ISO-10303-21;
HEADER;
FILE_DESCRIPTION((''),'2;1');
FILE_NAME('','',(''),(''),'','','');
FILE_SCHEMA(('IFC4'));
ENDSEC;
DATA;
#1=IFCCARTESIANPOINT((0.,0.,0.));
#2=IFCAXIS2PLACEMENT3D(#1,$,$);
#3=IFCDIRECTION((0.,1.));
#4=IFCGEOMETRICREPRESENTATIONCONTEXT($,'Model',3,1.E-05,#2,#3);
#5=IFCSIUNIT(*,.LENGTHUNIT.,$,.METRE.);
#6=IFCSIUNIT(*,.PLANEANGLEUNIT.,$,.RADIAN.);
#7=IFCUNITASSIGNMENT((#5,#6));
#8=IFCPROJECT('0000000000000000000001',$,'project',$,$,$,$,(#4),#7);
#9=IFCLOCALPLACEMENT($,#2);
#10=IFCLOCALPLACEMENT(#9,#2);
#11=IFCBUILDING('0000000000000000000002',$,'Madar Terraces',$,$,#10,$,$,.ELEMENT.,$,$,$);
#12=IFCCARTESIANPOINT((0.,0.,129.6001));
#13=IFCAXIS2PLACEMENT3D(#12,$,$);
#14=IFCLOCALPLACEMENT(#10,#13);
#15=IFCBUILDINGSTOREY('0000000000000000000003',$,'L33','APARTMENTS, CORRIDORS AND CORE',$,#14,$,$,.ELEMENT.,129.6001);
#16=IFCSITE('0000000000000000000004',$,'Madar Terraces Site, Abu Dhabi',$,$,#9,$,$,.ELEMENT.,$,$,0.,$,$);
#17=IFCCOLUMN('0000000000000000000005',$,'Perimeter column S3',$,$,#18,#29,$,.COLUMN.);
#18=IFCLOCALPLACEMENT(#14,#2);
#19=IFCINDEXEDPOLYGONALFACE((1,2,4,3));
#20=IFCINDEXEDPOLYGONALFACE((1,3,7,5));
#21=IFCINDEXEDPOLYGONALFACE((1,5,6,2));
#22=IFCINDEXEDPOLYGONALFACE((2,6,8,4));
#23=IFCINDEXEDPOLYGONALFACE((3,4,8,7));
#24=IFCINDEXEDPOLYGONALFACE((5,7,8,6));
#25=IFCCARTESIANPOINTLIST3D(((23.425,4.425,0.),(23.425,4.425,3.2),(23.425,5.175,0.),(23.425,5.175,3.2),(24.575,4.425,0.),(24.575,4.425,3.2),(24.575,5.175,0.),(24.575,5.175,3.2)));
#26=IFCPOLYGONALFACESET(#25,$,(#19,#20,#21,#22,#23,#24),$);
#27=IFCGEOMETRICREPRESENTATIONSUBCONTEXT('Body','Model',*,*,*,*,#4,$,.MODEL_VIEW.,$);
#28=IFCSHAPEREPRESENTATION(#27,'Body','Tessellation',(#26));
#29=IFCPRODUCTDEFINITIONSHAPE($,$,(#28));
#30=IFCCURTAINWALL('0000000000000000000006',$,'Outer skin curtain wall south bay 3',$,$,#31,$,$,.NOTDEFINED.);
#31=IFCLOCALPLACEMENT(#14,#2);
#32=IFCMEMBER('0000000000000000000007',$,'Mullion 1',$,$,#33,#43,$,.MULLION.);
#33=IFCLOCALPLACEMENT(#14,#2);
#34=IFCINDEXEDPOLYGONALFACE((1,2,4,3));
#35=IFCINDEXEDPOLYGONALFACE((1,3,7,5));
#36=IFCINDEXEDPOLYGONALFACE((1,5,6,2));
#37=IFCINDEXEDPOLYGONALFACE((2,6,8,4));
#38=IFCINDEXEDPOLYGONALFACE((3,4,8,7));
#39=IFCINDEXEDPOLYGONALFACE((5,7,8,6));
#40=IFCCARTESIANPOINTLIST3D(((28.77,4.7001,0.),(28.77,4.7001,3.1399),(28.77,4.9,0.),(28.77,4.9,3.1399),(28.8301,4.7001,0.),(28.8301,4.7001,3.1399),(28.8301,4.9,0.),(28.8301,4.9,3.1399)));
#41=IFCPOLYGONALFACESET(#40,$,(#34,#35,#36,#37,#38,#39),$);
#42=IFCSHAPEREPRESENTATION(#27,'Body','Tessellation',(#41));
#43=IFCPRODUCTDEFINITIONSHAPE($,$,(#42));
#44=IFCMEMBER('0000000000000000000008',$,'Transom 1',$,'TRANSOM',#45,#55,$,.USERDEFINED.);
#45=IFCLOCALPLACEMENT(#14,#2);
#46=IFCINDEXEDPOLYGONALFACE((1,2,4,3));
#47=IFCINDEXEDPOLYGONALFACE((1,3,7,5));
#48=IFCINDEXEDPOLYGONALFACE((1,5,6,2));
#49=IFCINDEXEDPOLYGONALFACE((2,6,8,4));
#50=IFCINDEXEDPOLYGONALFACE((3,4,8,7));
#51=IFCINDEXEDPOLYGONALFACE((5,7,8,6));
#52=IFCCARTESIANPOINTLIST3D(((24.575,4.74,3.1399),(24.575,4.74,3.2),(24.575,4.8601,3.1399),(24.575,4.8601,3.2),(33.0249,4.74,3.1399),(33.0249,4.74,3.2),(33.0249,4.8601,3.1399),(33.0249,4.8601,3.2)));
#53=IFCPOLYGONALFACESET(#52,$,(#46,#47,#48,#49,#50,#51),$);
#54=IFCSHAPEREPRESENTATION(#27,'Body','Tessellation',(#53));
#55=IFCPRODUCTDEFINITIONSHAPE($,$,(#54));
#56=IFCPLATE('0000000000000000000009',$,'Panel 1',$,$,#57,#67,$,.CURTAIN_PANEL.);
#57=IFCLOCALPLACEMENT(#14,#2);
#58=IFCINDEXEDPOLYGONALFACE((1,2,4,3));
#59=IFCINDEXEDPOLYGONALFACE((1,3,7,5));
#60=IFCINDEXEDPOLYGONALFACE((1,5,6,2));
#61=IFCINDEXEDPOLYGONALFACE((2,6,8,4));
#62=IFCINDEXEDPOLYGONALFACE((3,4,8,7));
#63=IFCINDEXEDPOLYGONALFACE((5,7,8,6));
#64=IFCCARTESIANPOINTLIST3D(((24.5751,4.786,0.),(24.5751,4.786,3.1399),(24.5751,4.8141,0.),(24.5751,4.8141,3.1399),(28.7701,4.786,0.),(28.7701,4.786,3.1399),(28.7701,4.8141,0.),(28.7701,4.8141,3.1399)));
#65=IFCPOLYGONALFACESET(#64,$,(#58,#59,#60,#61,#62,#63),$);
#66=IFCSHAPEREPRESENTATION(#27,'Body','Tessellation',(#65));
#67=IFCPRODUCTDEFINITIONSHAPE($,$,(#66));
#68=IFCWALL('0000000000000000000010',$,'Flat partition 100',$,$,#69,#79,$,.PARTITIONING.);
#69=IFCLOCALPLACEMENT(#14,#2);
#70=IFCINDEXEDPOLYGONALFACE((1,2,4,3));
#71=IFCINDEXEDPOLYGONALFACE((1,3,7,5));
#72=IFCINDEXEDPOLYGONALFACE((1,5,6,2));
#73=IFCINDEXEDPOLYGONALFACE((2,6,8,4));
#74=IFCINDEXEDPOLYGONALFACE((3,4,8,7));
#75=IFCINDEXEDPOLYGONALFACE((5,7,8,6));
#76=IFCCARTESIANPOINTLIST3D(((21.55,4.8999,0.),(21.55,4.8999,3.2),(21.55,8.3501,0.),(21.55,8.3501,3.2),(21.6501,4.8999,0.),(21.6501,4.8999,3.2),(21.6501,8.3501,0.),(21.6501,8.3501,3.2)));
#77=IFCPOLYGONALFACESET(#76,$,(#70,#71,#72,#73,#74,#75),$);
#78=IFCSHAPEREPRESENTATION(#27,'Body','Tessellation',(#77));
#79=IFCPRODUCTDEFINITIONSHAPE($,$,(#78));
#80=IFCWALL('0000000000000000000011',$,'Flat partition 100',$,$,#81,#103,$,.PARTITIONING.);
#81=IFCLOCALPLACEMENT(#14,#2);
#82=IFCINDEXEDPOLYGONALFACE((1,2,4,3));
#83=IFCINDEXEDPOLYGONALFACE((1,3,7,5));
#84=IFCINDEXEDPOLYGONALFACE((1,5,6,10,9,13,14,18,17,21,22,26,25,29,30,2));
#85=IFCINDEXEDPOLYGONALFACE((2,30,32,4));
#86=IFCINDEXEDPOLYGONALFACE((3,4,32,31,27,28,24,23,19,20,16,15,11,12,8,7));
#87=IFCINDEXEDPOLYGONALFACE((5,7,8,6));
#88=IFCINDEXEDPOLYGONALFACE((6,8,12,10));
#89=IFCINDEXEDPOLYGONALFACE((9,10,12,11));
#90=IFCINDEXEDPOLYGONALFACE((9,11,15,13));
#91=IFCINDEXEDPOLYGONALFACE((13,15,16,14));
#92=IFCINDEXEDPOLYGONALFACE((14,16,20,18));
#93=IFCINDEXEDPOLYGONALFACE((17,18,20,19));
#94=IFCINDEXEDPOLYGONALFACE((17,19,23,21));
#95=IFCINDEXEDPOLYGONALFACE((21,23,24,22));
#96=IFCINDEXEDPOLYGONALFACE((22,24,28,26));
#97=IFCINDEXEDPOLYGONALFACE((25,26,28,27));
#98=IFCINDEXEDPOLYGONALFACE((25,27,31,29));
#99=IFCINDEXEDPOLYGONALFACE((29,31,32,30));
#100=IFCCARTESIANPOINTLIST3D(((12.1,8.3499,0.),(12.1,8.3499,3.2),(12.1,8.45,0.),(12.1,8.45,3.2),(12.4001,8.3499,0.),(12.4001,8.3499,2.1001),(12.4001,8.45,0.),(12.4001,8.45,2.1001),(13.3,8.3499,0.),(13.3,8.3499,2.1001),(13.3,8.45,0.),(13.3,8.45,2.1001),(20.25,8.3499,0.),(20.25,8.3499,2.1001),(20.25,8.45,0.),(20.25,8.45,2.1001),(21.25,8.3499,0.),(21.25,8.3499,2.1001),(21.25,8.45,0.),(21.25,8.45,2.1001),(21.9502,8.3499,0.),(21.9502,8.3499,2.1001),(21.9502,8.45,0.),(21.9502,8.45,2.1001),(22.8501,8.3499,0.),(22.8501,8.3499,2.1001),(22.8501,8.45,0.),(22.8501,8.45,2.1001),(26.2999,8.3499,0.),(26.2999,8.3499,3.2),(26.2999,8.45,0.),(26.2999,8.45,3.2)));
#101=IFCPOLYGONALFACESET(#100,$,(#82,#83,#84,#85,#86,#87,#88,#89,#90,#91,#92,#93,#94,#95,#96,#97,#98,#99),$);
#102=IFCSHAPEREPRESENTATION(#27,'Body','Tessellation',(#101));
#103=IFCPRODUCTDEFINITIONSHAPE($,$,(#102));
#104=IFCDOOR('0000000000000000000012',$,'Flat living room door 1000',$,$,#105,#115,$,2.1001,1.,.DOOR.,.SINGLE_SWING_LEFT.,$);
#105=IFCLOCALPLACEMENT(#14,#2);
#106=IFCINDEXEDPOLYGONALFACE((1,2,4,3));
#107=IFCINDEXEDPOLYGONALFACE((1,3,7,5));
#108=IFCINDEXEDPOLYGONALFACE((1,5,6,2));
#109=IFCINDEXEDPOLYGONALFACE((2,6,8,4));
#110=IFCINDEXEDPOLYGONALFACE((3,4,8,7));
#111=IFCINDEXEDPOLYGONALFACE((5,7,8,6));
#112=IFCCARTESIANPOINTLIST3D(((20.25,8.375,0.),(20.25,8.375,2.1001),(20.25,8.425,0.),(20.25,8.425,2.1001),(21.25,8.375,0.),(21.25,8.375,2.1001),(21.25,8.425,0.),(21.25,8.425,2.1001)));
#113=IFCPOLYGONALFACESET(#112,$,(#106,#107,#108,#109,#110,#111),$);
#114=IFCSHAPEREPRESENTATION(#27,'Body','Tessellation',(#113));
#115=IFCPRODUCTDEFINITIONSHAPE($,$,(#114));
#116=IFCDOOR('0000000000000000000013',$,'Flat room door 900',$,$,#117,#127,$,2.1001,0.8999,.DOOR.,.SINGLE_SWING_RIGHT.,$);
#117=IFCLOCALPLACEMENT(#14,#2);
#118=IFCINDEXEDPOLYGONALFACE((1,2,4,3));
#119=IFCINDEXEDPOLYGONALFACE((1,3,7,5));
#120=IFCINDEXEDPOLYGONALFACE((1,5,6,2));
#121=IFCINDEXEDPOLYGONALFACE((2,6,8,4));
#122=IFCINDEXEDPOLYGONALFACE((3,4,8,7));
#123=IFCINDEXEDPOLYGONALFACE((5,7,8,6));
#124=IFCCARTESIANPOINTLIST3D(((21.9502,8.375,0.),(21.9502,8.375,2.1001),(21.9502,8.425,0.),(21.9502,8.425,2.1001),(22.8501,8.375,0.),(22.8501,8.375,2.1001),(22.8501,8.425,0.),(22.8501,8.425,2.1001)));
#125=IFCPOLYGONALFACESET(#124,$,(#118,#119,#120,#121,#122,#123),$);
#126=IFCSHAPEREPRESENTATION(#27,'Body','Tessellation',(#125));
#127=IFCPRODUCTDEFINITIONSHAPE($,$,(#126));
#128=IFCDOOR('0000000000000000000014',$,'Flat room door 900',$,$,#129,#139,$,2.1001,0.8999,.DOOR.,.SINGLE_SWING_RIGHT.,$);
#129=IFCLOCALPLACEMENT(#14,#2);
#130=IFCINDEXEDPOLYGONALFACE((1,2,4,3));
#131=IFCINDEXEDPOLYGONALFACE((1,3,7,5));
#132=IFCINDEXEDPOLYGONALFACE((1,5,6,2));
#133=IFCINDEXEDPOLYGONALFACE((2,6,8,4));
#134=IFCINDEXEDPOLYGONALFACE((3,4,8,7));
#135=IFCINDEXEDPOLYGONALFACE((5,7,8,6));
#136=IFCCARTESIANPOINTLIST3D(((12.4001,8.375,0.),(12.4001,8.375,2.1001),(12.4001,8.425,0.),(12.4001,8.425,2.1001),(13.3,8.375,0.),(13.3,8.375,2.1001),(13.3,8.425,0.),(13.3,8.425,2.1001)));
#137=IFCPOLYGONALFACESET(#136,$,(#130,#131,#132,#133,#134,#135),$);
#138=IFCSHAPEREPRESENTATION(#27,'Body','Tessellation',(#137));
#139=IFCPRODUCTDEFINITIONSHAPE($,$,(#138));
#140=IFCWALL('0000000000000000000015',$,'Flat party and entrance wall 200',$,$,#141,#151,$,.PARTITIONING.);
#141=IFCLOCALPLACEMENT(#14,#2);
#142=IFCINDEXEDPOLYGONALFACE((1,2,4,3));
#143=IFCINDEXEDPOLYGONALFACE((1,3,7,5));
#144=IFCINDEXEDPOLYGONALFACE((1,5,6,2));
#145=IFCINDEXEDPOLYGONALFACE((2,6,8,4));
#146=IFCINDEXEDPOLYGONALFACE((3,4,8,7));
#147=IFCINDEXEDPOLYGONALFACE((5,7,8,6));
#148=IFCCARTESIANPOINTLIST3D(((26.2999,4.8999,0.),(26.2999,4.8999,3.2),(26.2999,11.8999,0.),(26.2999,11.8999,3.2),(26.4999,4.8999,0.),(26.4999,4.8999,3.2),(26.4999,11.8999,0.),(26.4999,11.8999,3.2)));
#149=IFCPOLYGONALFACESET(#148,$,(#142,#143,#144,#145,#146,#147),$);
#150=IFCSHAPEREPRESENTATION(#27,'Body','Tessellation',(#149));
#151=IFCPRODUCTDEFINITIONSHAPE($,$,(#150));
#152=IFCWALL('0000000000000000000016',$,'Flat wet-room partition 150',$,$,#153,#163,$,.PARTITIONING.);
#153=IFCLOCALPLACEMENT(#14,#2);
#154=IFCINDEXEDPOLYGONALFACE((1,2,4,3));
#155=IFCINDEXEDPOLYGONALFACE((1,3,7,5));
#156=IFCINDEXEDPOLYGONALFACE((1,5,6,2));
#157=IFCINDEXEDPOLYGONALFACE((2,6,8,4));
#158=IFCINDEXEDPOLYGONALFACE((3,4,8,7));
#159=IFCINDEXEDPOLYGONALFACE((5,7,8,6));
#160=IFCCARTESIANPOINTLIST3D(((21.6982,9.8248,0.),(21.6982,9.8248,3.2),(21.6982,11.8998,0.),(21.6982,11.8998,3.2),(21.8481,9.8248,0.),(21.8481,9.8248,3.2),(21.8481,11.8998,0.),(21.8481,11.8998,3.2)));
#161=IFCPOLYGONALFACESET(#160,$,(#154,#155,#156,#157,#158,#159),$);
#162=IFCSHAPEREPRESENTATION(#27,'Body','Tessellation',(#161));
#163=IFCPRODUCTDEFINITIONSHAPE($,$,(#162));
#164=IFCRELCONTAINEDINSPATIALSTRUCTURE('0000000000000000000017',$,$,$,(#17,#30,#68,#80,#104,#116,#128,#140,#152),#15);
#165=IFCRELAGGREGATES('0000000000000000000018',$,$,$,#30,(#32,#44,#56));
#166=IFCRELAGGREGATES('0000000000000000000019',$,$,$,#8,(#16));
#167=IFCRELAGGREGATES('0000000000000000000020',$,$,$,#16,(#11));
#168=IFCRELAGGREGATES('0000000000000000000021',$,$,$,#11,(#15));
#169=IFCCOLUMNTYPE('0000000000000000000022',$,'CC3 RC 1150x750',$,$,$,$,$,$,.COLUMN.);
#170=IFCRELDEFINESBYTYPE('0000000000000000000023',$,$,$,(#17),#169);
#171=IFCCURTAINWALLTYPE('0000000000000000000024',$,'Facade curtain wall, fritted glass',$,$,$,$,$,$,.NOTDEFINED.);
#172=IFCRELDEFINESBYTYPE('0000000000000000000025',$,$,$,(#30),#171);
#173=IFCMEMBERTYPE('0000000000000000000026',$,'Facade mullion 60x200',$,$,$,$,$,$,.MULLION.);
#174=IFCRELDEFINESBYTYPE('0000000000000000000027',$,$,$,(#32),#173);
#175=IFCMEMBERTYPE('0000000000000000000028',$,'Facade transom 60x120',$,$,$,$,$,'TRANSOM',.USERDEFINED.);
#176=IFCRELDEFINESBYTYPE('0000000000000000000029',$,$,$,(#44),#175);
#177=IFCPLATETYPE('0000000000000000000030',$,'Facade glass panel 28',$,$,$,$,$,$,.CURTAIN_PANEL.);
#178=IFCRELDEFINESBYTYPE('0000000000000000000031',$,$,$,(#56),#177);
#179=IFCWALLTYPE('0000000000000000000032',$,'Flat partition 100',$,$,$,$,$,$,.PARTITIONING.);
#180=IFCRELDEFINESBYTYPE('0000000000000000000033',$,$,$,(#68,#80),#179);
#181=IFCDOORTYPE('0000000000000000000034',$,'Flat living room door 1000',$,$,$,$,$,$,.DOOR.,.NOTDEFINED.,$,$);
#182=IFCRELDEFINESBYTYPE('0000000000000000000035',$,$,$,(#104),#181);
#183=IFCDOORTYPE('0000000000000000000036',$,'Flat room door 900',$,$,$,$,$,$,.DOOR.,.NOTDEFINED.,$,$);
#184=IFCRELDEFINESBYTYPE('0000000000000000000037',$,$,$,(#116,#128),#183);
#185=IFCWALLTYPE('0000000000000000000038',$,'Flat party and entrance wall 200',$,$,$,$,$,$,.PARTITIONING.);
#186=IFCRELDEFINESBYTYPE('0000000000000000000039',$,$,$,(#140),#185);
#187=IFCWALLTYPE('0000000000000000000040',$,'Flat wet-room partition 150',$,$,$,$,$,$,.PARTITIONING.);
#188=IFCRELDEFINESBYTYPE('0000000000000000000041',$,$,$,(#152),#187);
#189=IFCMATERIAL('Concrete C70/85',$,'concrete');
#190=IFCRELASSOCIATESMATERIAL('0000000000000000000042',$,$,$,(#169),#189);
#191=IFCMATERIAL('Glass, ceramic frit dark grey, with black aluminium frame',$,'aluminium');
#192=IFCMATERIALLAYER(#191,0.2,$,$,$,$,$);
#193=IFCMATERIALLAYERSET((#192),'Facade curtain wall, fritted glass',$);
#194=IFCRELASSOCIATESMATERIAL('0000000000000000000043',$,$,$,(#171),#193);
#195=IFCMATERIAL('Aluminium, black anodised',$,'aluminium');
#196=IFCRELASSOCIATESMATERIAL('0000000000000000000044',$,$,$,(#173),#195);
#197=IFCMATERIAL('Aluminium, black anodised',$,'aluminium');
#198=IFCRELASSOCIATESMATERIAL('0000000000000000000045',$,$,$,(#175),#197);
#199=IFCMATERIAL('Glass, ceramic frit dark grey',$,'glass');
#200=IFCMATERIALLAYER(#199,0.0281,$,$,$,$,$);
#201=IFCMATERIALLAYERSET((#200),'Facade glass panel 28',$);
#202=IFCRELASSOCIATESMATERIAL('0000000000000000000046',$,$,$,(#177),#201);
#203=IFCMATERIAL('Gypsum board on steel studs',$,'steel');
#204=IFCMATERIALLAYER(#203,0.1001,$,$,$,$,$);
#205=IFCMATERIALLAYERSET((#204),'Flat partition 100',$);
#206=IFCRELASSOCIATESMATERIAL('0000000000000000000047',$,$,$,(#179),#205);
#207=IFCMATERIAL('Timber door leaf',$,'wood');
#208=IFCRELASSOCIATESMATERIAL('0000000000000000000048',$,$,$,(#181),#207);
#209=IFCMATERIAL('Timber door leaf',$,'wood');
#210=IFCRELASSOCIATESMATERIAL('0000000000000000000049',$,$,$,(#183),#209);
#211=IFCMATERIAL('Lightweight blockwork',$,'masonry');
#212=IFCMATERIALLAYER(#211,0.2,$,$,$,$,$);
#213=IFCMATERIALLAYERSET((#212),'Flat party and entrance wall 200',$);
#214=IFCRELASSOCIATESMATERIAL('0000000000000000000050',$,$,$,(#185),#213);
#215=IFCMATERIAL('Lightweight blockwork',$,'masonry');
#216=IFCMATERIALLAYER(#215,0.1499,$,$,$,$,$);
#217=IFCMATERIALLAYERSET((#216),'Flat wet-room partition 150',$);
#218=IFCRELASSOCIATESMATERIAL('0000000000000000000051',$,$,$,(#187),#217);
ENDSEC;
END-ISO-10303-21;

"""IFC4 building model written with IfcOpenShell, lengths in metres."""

from ifc_helpers import new_model, si_unit, direction, frame, frame_2d, origin, origin_2d, place, context, subcontext, project, spatial, rectangle, extrude, material, layer, layer_set, material_profile, profile_set, type_object, element, fill, aggregate, save


model = new_model("IFC4")

# Units and contexts
model_context = context("Model", 3, precision=1e-05, world=origin(), true_north=direction((0.0, 1.0)))
body_context = subcontext(model_context, "Body", "Model", "MODEL_VIEW")
ifc_project = project(units=[si_unit("LENGTHUNIT", "METRE"), si_unit("PLANEANGLEUNIT", "RADIAN")], contexts=[model_context])

# Site, building, storey
site_placement = place(None, origin())
site = spatial("IfcSite", under=ifc_project, at=site_placement, Name="Madar Terraces Site, Abu Dhabi", CompositionType="ELEMENT", RefElevation=0.0)
building_placement = place(site_placement, origin())
building = spatial("IfcBuilding", under=site, at=building_placement, Name="Madar Terraces", CompositionType="ELEMENT")
storey_placement = place(building_placement, frame((0.0, 0.0, 129.6001)))
storey = spatial("IfcBuildingStorey", under=building, at=storey_placement, Name="L33", Description="APARTMENTS, CORRIDORS AND CORE", CompositionType="ELEMENT", Elevation=129.6001)

# Column
ifc_material_1 = material(Name="Concrete C70/85", Category="concrete")
ifc_material_profile_1 = material_profile(ifc_material_1, rectangle(XDim=1.1499, YDim=0.75, at=origin_2d()), Name="CC3 RC 1150x750")
ifc_profile_set_1 = profile_set([ifc_material_profile_1], Name="Concrete C70/85")
column_type = type_object("IfcColumnType", Name="CC3 RC 1150x750", PredefinedType="COLUMN", material=ifc_profile_set_1)
column_placement = place(storey_placement, frame((24.0, 4.8, 0.0), z_axis=(0.0, 0.0, 1.0), x_axis=(1.0, 0.0, 0.0)))
element("IfcColumn", 1, at=column_placement, inside=storey, type_object=column_type, Name="Perimeter column S3", PredefinedType="COLUMN", context=body_context, shape_type="SweptSolid", body=[
    extrude(rectangle(XDim=1.1499, YDim=0.75, at=origin_2d()), origin(), (0.0, 0.0, 1.0), 3.2),
])

# Curtain wall, members, plate
ifc_material_2 = material(Name="Glass, ceramic frit dark grey, with black aluminium frame", Category="aluminium")
ifc_layer_1 = layer(ifc_material_2, 0.2)
ifc_layer_set_1 = layer_set([ifc_layer_1], Name="Facade curtain wall, fritted glass")
curtain_wall_type = type_object("IfcCurtainWallType", Name="Facade curtain wall, fritted glass", PredefinedType="NOTDEFINED", material=ifc_layer_set_1)
curtain_wall_placement = place(storey_placement, origin())
curtain_wall = element("IfcCurtainWall", 2, at=curtain_wall_placement, inside=storey, type_object=curtain_wall_type, Name="Outer skin curtain wall south bay 3", PredefinedType="NOTDEFINED")
ifc_material_3 = material(Name="Aluminium, black anodised", Category="aluminium")
ifc_material_profile_2 = material_profile(ifc_material_3, rectangle(XDim=0.2, YDim=0.0601, at=origin_2d()), Name="Facade mullion 60x200")
ifc_profile_set_2 = profile_set([ifc_material_profile_2], Name="Aluminium, black anodised")
member_type_1 = type_object("IfcMemberType", Name="Facade mullion 60x200", PredefinedType="MULLION", material=ifc_profile_set_2)
member_1_placement = place(storey_placement, frame((28.8, 4.8, 0.0), z_axis=(0.0, 0.0, 1.0), x_axis=(0.0, 1.0, 0.0)))
member_1 = element("IfcMember", 3, at=member_1_placement, type_object=member_type_1, Name="Mullion 1", PredefinedType="MULLION", context=body_context, shape_type="SweptSolid", body=[
    extrude(rectangle(XDim=0.2, YDim=0.0601, at=origin_2d()), origin(), (0.0, 0.0, 1.0), 3.1399),
])
ifc_material_4 = material(Name="Aluminium, black anodised", Category="aluminium")
ifc_material_profile_3 = material_profile(ifc_material_4, rectangle(XDim=0.1201, YDim=0.0601, at=origin_2d()), Name="Facade transom 60x120")
ifc_profile_set_3 = profile_set([ifc_material_profile_3], Name="Aluminium, black anodised")
member_type_2 = type_object("IfcMemberType", Name="Facade transom 60x120", ElementType="TRANSOM", PredefinedType="USERDEFINED", material=ifc_profile_set_3)
member_2_placement = place(storey_placement, frame((24.575, 4.8, 3.1699), z_axis=(1.0, 0.0, 0.0), x_axis=(0.0, 1.0, 0.0)))
member_2 = element("IfcMember", 4, at=member_2_placement, type_object=member_type_2, Name="Transom 1", ObjectType="TRANSOM", PredefinedType="USERDEFINED", context=body_context, shape_type="SweptSolid", body=[
    extrude(rectangle(XDim=0.1201, YDim=0.0601, at=origin_2d()), origin(), (0.0, 0.0, 1.0), 8.45),
])
ifc_material_5 = material(Name="Glass, ceramic frit dark grey", Category="glass")
ifc_layer_2 = layer(ifc_material_5, 0.0281)
ifc_layer_set_2 = layer_set([ifc_layer_2], Name="Facade glass panel 28")
plate_type = type_object("IfcPlateType", Name="Facade glass panel 28", PredefinedType="CURTAIN_PANEL", material=ifc_layer_set_2)
plate_placement = place(storey_placement, frame((26.6726, 4.8, 0.0), z_axis=(0.0, 0.0, 1.0), x_axis=(1.0, 0.0, 0.0)))
plate = element("IfcPlate", 5, at=plate_placement, type_object=plate_type, Name="Panel 1", PredefinedType="CURTAIN_PANEL", context=body_context, shape_type="SweptSolid", body=[
    extrude(rectangle(XDim=4.1951, YDim=0.0281, at=origin_2d()), origin(), (0.0, 0.0, 1.0), 3.1399),
])
aggregate(curtain_wall, [member_1, member_2, plate])

# Wall
ifc_material_6 = material(Name="Gypsum board on steel studs", Category="steel")
ifc_layer_3 = layer(ifc_material_6, 0.1001)
ifc_layer_set_3 = layer_set([ifc_layer_3], Name="Flat partition 100")
wall_type_1 = type_object("IfcWallType", Name="Flat partition 100", PredefinedType="PARTITIONING", material=ifc_layer_set_3)
wall_1_placement = place(storey_placement, frame((21.6001, 8.3501, 0.0), z_axis=(0.0, 0.0, 1.0), x_axis=(0.0, -1.0, 0.0)))
element("IfcWall", 6, at=wall_1_placement, inside=storey, type_object=wall_type_1, Name="Flat partition 100", PredefinedType="PARTITIONING", context=body_context, shape_type="SweptSolid", body=[
    extrude(rectangle(XDim=3.4502, YDim=0.1001, at=frame_2d((1.7251, 0.0))), origin(), (0.0, 0.0, 1.0), 3.2),
])

# Wall, openings, doors
wall_2_placement = place(storey_placement, frame((26.3, 8.3999, 0.0), z_axis=(0.0, 0.0, 1.0), x_axis=(-1.0, 0.0, 0.0)))
wall_2 = element("IfcWall", 7, at=wall_2_placement, inside=storey, type_object=wall_type_1, Name="Flat partition 100", PredefinedType="PARTITIONING", context=body_context, shape_type="SweptSolid", body=[
    extrude(rectangle(XDim=14.2, YDim=0.1001, at=frame_2d((7.1001, 0.0))), origin(), (0.0, 0.0, 1.0), 3.2),
])
opening_1_placement = place(wall_2_placement, frame((3.45, 0.0, 0.0)))
opening_1 = element("IfcOpeningElement", 8, at=opening_1_placement, cuts=wall_2, PredefinedType="OPENING", context=body_context, shape_type="SweptSolid", body=[
    extrude(rectangle(XDim=0.8999, YDim=2.1001, at=frame_2d((0.45, 1.05))), frame((0.0, 0.0601, 0.0), z_axis=(0.0, -1.0, 0.0), x_axis=(1.0, 0.0, 0.0)), (0.0, 0.0, 1.0), 0.1201),
])
opening_2_placement = place(wall_2_placement, frame((5.05, 0.0, 0.0)))
opening_2 = element("IfcOpeningElement", 9, at=opening_2_placement, cuts=wall_2, PredefinedType="OPENING", context=body_context, shape_type="SweptSolid", body=[
    extrude(rectangle(XDim=1.0, YDim=2.1001, at=frame_2d((0.5, 1.05))), frame((0.0, 0.0601, 0.0), z_axis=(0.0, -1.0, 0.0), x_axis=(1.0, 0.0, 0.0)), (0.0, 0.0, 1.0), 0.1201),
])
opening_3_placement = place(wall_2_placement, frame((13.0, 0.0, 0.0)))
opening_3 = element("IfcOpeningElement", 10, at=opening_3_placement, cuts=wall_2, PredefinedType="OPENING", context=body_context, shape_type="SweptSolid", body=[
    extrude(rectangle(XDim=0.8999, YDim=2.1001, at=frame_2d((0.45, 1.05))), frame((0.0, 0.0601, 0.0), z_axis=(0.0, -1.0, 0.0), x_axis=(1.0, 0.0, 0.0)), (0.0, 0.0, 1.0), 0.1201),
])
ifc_material_7 = material(Name="Timber door leaf", Category="wood")
door_type_1 = type_object("IfcDoorType", Name="Flat living room door 1000", OperationType="NOTDEFINED", PredefinedType="DOOR", material=ifc_material_7)
door_1_placement = place(opening_2_placement, origin())
door_1 = element("IfcDoor", 11, at=door_1_placement, inside=storey, type_object=door_type_1, Name="Flat living room door 1000", OperationType="SINGLE_SWING_LEFT", OverallHeight=2.1001, OverallWidth=1.0, PredefinedType="DOOR", context=body_context, shape_type="SweptSolid", body=[
    extrude(rectangle(XDim=1.0, YDim=2.1001, at=frame_2d((0.5, 1.05))), frame((0.0, 0.0249, 0.0), z_axis=(0.0, -1.0, 0.0), x_axis=(1.0, 0.0, 0.0)), (0.0, 0.0, 1.0), 0.05),
])
fill(opening_2, door_1)
ifc_material_8 = material(Name="Timber door leaf", Category="wood")
door_type_2 = type_object("IfcDoorType", Name="Flat room door 900", OperationType="NOTDEFINED", PredefinedType="DOOR", material=ifc_material_8)
door_2_placement = place(opening_1_placement, origin())
door_2 = element("IfcDoor", 12, at=door_2_placement, inside=storey, type_object=door_type_2, Name="Flat room door 900", OperationType="SINGLE_SWING_RIGHT", OverallHeight=2.1001, OverallWidth=0.8999, PredefinedType="DOOR", context=body_context, shape_type="SweptSolid", body=[
    extrude(rectangle(XDim=0.8999, YDim=2.1001, at=frame_2d((0.45, 1.05))), frame((0.0, 0.0249, 0.0), z_axis=(0.0, -1.0, 0.0), x_axis=(1.0, 0.0, 0.0)), (0.0, 0.0, 1.0), 0.05),
])
fill(opening_1, door_2)
door_3_placement = place(opening_3_placement, origin())
door_3 = element("IfcDoor", 13, at=door_3_placement, inside=storey, type_object=door_type_2, Name="Flat room door 900", OperationType="SINGLE_SWING_RIGHT", OverallHeight=2.1001, OverallWidth=0.8999, PredefinedType="DOOR", context=body_context, shape_type="SweptSolid", body=[
    extrude(rectangle(XDim=0.8999, YDim=2.1001, at=frame_2d((0.45, 1.05))), frame((0.0, 0.0249, 0.0), z_axis=(0.0, -1.0, 0.0), x_axis=(1.0, 0.0, 0.0)), (0.0, 0.0, 1.0), 0.05),
])
fill(opening_3, door_3)

# Walls
ifc_material_9 = material(Name="Lightweight blockwork", Category="masonry")
ifc_layer_4 = layer(ifc_material_9, 0.2)
ifc_layer_set_4 = layer_set([ifc_layer_4], Name="Flat party and entrance wall 200")
wall_type_2 = type_object("IfcWallType", Name="Flat party and entrance wall 200", PredefinedType="PARTITIONING", material=ifc_layer_set_4)
wall_3_placement = place(storey_placement, frame((26.3999, 11.8999, 0.0), z_axis=(0.0, 0.0, 1.0), x_axis=(0.0, -1.0, 0.0)))
element("IfcWall", 14, at=wall_3_placement, inside=storey, type_object=wall_type_2, Name="Flat party and entrance wall 200", PredefinedType="PARTITIONING", context=body_context, shape_type="SweptSolid", body=[
    extrude(rectangle(XDim=7.0, YDim=0.2, at=frame_2d((3.5, 0.0))), origin(), (0.0, 0.0, 1.0), 3.2),
])
ifc_material_10 = material(Name="Lightweight blockwork", Category="masonry")
ifc_layer_5 = layer(ifc_material_10, 0.1499)
ifc_layer_set_5 = layer_set([ifc_layer_5], Name="Flat wet-room partition 150")
wall_type_3 = type_object("IfcWallType", Name="Flat wet-room partition 150", PredefinedType="PARTITIONING", material=ifc_layer_set_5)
wall_4_placement = place(storey_placement, frame((21.7732, 11.8999, 0.0), z_axis=(0.0, 0.0, 1.0), x_axis=(0.0, -1.0, 0.0)))
element("IfcWall", 15, at=wall_4_placement, inside=storey, type_object=wall_type_3, Name="Flat wet-room partition 150", PredefinedType="PARTITIONING", context=body_context, shape_type="SweptSolid", body=[
    extrude(rectangle(XDim=2.075, YDim=0.1499, at=frame_2d((1.0376, 0.0))), origin(), (0.0, 0.0, 1.0), 3.2),
])

save(model, "model.ifc")
